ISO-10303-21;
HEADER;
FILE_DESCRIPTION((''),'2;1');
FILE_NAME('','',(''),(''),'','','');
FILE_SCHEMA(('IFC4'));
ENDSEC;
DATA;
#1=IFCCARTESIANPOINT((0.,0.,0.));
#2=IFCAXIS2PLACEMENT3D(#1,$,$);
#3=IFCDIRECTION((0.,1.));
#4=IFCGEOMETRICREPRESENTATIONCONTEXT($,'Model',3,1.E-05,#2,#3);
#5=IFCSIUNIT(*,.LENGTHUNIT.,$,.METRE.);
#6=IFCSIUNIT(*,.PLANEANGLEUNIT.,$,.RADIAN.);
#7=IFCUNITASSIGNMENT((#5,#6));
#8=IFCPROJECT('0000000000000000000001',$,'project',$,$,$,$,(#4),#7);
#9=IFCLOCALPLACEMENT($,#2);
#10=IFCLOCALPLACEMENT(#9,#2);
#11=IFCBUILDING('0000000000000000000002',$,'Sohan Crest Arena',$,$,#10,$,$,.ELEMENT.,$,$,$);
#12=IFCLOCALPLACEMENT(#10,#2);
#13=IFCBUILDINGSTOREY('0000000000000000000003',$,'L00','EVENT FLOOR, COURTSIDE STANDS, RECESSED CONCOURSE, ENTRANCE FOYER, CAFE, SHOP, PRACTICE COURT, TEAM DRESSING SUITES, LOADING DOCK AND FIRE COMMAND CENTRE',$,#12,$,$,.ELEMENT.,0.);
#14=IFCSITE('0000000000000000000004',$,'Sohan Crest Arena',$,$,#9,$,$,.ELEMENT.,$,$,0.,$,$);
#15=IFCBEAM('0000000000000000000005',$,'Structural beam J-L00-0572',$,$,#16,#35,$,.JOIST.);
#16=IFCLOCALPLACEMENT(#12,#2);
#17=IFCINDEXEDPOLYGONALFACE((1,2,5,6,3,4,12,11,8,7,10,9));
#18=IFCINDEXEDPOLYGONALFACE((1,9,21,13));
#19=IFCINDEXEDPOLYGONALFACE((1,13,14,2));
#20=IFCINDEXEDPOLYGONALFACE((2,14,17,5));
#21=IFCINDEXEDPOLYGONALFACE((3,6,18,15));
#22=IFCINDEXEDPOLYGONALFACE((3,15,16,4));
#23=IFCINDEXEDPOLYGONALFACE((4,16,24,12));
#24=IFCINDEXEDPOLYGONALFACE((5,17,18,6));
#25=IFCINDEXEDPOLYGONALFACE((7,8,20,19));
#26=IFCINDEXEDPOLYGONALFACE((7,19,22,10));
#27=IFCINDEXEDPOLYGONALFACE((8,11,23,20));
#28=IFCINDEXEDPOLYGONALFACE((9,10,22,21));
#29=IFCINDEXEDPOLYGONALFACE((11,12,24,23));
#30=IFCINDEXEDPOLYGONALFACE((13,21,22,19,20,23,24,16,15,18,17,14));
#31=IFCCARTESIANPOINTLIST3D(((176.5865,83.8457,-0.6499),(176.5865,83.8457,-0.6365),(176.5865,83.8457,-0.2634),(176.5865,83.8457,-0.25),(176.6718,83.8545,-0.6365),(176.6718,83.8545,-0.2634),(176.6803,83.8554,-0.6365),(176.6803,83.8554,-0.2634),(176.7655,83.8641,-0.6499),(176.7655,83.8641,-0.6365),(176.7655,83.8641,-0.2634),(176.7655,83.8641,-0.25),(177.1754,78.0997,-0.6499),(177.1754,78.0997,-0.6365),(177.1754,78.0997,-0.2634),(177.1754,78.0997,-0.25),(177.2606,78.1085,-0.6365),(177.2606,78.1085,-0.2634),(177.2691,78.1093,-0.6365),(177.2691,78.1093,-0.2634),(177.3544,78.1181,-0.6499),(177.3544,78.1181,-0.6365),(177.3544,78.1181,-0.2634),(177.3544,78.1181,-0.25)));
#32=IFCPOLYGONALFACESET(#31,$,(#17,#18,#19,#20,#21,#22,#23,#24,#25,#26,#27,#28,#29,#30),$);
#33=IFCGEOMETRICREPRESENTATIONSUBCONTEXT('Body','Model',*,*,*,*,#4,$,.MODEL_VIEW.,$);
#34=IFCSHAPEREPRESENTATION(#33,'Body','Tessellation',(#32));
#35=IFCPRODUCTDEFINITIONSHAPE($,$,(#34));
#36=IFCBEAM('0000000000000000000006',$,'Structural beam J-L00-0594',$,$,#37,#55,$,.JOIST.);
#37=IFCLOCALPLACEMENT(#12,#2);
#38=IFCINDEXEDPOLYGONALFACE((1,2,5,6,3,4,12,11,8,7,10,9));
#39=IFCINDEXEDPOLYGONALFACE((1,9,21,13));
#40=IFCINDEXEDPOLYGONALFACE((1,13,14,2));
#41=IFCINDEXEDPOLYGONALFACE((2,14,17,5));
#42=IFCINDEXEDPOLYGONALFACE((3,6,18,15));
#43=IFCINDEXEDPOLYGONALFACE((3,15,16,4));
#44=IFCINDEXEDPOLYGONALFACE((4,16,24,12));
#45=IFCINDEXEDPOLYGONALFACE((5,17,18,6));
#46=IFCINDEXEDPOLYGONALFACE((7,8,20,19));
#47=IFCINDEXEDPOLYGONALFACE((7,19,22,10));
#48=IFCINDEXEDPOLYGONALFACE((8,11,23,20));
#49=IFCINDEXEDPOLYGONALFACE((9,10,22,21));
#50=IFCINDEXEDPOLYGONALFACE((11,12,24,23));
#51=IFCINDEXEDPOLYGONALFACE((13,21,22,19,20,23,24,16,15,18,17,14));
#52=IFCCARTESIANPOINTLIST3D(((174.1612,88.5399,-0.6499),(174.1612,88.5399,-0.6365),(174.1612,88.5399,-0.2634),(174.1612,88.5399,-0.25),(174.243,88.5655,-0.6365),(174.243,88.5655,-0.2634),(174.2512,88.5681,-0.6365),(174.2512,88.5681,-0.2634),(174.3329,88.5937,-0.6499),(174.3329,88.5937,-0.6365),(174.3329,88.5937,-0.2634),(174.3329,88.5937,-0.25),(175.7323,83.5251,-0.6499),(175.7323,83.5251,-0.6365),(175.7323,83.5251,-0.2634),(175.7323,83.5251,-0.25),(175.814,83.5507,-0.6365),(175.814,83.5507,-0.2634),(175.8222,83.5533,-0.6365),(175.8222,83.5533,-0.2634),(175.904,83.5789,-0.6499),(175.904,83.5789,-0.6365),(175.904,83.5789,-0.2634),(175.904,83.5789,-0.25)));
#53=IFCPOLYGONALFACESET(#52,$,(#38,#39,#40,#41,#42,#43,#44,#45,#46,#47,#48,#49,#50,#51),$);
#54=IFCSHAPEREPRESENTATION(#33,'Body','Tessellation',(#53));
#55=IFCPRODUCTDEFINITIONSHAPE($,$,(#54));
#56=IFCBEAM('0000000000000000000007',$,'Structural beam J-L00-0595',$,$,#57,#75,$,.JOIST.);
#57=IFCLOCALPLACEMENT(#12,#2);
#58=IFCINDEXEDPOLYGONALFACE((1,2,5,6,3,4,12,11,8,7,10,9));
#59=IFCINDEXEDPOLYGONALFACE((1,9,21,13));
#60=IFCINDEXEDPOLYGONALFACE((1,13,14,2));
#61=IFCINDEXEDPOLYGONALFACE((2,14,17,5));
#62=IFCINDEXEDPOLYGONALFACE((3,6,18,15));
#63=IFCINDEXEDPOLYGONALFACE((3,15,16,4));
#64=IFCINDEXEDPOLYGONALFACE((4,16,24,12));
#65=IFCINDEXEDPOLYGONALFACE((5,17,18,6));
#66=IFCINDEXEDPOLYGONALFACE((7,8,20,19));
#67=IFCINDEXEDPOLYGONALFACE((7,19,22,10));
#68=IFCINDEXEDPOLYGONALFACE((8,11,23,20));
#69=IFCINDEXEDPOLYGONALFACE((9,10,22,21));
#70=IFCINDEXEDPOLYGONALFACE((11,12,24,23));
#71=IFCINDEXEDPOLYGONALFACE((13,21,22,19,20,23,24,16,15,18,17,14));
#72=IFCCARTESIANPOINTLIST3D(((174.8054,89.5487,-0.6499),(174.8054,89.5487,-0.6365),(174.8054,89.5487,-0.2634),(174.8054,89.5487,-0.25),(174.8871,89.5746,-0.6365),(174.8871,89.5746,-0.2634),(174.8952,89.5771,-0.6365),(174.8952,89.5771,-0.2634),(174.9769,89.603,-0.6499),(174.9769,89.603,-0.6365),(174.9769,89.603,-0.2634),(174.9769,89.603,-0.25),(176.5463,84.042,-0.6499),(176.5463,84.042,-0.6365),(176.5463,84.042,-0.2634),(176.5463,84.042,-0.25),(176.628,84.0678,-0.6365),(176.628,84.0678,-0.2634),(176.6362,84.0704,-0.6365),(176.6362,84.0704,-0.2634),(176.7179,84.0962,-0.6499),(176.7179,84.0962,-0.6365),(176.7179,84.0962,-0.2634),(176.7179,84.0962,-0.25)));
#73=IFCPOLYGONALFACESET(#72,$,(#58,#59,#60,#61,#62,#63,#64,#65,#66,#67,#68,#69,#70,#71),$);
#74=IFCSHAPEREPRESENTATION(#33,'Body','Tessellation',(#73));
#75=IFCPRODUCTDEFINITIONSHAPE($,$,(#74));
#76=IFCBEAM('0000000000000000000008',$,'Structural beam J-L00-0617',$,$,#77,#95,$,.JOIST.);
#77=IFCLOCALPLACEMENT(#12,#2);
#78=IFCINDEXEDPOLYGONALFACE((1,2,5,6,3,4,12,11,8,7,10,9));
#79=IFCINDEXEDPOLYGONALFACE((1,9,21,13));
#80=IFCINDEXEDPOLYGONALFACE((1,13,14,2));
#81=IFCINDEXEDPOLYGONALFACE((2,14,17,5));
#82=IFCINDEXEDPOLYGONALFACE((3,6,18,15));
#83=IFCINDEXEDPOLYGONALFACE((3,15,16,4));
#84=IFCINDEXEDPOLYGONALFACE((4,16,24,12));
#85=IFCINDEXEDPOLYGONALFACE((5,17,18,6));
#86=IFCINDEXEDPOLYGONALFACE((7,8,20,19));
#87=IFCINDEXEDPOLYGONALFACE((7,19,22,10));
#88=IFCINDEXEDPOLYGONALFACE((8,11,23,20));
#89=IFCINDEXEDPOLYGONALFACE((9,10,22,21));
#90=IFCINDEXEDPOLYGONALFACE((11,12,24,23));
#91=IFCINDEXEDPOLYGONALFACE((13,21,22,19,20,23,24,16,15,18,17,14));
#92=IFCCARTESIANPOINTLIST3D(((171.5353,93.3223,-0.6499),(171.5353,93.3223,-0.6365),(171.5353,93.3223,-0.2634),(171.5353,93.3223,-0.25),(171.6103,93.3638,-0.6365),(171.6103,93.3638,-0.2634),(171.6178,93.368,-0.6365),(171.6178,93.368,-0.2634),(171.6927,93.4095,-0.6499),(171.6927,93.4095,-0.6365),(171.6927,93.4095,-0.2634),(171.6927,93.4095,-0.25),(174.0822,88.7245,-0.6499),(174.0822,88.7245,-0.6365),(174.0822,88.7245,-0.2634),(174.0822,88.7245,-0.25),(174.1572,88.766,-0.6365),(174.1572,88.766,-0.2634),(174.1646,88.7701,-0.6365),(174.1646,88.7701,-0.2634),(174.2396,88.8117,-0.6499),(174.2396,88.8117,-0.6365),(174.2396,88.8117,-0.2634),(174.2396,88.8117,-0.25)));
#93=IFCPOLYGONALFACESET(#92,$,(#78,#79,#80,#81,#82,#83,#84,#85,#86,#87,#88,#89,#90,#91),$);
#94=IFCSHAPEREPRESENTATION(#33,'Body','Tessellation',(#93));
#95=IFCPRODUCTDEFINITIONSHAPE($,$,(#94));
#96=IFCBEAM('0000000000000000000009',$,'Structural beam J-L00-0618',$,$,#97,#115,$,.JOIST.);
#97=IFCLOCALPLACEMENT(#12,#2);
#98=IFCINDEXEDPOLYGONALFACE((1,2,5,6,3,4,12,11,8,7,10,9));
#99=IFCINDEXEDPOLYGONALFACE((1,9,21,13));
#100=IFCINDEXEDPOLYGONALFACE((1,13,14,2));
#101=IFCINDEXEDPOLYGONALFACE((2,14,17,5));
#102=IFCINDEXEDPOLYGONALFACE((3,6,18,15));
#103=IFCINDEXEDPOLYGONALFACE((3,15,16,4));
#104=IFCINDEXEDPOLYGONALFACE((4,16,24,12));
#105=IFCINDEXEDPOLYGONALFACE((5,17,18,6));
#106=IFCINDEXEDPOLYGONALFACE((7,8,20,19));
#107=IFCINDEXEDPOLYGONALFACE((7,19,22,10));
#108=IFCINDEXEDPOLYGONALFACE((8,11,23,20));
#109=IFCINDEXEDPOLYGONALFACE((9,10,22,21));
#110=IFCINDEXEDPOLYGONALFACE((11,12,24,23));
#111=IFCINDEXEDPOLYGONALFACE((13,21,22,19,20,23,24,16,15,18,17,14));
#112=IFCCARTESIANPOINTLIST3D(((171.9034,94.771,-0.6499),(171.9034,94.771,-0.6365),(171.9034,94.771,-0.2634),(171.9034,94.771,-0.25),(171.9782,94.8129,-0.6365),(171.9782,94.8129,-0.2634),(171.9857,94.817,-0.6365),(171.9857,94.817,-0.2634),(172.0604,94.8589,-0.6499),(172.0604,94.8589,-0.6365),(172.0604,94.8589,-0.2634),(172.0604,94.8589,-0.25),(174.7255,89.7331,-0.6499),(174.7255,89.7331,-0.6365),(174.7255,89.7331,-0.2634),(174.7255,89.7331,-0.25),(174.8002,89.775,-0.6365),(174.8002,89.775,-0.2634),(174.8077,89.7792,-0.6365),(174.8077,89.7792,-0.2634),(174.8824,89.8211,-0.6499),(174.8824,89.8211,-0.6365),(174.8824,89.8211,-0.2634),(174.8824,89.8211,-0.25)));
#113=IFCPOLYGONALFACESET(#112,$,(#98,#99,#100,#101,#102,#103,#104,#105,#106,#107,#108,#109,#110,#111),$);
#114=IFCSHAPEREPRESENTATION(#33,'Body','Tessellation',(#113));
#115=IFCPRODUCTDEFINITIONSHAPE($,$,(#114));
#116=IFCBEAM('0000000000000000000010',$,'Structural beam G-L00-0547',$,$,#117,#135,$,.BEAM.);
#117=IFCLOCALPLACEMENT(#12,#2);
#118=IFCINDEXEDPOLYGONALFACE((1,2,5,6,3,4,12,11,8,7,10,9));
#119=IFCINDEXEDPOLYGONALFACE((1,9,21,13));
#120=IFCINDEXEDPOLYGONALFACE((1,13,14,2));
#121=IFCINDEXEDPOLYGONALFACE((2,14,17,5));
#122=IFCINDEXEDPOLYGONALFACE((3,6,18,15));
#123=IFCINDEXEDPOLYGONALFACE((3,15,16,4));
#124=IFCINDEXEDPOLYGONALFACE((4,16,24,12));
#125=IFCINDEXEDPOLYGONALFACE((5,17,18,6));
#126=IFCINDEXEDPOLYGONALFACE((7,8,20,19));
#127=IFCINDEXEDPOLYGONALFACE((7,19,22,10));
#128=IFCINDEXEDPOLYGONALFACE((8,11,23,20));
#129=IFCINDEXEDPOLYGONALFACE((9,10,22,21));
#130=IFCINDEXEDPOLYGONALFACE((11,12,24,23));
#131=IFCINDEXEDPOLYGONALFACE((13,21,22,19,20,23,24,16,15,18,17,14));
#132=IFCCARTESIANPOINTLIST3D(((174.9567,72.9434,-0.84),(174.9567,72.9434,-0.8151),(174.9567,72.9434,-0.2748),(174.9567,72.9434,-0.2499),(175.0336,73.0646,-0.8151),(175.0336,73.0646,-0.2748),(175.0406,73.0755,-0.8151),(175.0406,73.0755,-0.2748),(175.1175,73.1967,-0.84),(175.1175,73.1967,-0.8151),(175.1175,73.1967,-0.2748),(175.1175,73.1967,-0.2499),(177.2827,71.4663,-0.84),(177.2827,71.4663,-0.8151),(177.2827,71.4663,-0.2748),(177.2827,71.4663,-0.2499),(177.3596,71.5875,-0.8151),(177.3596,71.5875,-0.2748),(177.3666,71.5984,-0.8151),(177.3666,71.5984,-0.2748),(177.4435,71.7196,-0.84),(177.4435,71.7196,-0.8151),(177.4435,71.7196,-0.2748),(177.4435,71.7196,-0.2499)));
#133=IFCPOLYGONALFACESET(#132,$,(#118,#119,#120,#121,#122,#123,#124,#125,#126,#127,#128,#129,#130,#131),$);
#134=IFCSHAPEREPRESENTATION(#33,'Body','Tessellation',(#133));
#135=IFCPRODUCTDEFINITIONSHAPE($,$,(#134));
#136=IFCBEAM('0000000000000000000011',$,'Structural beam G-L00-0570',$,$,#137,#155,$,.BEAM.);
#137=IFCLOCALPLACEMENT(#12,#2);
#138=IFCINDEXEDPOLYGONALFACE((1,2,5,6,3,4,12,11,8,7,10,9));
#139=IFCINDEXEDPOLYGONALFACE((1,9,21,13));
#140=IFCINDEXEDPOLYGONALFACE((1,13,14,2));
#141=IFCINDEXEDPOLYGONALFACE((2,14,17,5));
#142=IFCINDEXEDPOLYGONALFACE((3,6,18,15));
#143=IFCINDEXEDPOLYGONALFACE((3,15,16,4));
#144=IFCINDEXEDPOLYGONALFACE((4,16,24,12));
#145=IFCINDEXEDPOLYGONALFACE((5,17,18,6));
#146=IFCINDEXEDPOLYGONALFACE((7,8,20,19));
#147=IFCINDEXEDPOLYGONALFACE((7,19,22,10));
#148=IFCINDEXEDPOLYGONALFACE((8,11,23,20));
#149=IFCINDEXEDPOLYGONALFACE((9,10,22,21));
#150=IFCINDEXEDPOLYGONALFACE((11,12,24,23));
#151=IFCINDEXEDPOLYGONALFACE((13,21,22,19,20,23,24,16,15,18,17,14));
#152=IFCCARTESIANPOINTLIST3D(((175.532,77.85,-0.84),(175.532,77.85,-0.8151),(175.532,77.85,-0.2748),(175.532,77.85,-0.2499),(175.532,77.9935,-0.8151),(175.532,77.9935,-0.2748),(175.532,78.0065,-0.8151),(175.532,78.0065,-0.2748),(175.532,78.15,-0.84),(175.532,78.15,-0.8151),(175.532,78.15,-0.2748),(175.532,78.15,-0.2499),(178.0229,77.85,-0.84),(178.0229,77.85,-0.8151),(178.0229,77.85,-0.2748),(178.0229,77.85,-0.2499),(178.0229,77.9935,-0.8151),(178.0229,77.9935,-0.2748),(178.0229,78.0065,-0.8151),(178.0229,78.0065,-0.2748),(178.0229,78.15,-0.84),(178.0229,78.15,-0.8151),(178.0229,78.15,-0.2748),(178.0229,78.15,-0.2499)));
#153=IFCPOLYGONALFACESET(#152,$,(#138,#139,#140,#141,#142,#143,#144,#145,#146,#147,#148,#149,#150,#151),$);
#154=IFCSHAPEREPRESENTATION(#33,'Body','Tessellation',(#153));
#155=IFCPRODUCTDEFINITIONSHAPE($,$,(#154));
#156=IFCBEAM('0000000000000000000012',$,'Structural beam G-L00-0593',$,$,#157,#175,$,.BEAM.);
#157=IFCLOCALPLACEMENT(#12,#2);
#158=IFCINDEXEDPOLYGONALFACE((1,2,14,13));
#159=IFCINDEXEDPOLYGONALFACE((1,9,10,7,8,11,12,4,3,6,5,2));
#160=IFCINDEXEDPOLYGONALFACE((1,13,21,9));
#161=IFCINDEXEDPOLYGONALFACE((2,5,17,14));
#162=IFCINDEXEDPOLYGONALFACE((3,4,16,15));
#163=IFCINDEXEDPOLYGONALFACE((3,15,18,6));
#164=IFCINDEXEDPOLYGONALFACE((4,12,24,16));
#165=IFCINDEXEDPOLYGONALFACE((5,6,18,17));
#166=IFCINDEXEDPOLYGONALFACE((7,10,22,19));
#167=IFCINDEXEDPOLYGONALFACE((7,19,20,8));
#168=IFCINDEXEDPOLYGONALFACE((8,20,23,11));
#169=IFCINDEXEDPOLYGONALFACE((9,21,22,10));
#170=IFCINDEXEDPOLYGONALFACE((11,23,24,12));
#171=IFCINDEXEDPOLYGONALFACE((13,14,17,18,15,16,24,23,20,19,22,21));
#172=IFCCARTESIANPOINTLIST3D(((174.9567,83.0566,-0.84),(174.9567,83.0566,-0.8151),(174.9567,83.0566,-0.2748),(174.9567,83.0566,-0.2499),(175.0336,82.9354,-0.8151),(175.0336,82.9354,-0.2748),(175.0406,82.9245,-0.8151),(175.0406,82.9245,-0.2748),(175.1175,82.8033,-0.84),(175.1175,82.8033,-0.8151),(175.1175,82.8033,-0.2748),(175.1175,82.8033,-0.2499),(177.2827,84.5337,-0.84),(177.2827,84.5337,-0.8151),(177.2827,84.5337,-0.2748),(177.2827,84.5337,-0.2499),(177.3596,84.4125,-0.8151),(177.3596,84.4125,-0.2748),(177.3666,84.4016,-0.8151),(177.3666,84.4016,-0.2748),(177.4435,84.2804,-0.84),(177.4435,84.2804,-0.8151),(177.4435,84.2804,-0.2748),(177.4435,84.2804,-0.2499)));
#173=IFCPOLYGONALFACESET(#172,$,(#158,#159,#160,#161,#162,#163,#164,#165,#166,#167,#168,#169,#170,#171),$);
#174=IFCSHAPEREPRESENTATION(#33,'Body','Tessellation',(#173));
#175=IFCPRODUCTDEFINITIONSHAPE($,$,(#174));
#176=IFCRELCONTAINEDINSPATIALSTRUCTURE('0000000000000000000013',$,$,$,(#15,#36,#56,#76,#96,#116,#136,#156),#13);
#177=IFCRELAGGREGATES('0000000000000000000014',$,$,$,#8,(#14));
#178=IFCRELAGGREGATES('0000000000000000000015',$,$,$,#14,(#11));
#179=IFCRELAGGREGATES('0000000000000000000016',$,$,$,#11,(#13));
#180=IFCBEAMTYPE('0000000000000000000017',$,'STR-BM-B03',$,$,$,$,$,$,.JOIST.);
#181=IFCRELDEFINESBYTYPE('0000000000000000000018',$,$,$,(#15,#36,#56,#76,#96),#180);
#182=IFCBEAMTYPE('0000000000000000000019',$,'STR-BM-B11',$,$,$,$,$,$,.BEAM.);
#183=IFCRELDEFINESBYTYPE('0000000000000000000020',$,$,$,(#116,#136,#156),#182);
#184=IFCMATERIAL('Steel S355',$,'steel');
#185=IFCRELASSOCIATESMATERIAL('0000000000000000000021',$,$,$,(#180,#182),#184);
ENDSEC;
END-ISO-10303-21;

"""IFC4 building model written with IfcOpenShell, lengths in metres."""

from ifc_helpers import new_model, si_unit, direction, frame, origin, origin_2d, place, context, subcontext, project, spatial, i_section, extrude, material, material_profile, profile_set, type_object, element, save


model = new_model("IFC4")

# Units and contexts
model_context = context("Model", 3, precision=1e-05, world=origin(), true_north=direction((0.0, 1.0)))
body_context = subcontext(model_context, "Body", "Model", "MODEL_VIEW")
ifc_project = project(units=[si_unit("LENGTHUNIT", "METRE"), si_unit("PLANEANGLEUNIT", "RADIAN")], contexts=[model_context])

# Site, building, storey
site_placement = place(None, origin())
site = spatial("IfcSite", under=ifc_project, at=site_placement, Name="Sohan Crest Arena", CompositionType="ELEMENT", RefElevation=0.0)
building_placement = place(site_placement, origin())
building = spatial("IfcBuilding", under=site, at=building_placement, Name="Sohan Crest Arena", CompositionType="ELEMENT")
storey_placement = place(building_placement, origin())
storey = spatial("IfcBuildingStorey", under=building, at=storey_placement, Name="L00", Description="EVENT FLOOR, COURTSIDE STANDS, RECESSED CONCOURSE, ENTRANCE FOYER, CAFE, SHOP, PRACTICE COURT, TEAM DRESSING SUITES, LOADING DOCK AND FIRE COMMAND CENTRE", CompositionType="ELEMENT", Elevation=0.0)

# Shared definitions
ifc_material_1 = material(Name="Steel S355", Category="steel")

# Beams
ifc_material_profile_1 = material_profile(ifc_material_1, i_section(OverallWidth=0.1799, OverallDepth=0.3999, WebThickness=0.0085, FlangeThickness=0.0134, at=origin_2d()), Name="IPE 400")
ifc_profile_set_1 = profile_set([ifc_material_profile_1], Name="Steel S355")
beam_type_1 = type_object("IfcBeamType", Name="STR-BM-B03", PredefinedType="JOIST", material=ifc_profile_set_1)
beam_1_placement = place(storey_placement, frame((177.2649, 78.1089, -0.45), z_axis=(-0.101947, 0.99479, 0.0), x_axis=(-0.99479, -0.101947, 0.0)))
element("IfcBeam", 1, at=beam_1_placement, inside=storey, type_object=beam_type_1, Name="Structural beam J-L00-0572", PredefinedType="JOIST", context=body_context, shape_type="SweptSolid", body=[
    extrude(i_section(OverallWidth=0.1799, OverallDepth=0.3999, WebThickness=0.0085, FlangeThickness=0.0134, at=origin_2d()), origin(), (0.0, 0.0, 1.0), 5.7761),
])
beam_2_placement = place(storey_placement, frame((175.8181, 83.552, -0.45), z_axis=(-0.298949, 0.954269, 0.0), x_axis=(-0.954269, -0.298949, 0.0)))
element("IfcBeam", 2, at=beam_2_placement, inside=storey, type_object=beam_type_1, Name="Structural beam J-L00-0594", PredefinedType="JOIST", context=body_context, shape_type="SweptSolid", body=[
    extrude(i_section(OverallWidth=0.1799, OverallDepth=0.3999, WebThickness=0.0085, FlangeThickness=0.0134, at=origin_2d()), origin(), (0.0, 0.0, 1.0), 5.2551),
])
beam_3_placement = place(storey_placement, frame((176.6321, 84.0691, -0.45), z_axis=(-0.301441, 0.953485, 0.0), x_axis=(-0.953485, -0.301441, 0.0)))
element("IfcBeam", 3, at=beam_3_placement, inside=storey, type_object=beam_type_1, Name="Structural beam J-L00-0595", PredefinedType="JOIST", context=body_context, shape_type="SweptSolid", body=[
    extrude(i_section(OverallWidth=0.1799, OverallDepth=0.3999, WebThickness=0.0085, FlangeThickness=0.0134, at=origin_2d()), origin(), (0.0, 0.0, 1.0), 5.7754),
])
beam_4_placement = place(storey_placement, frame((174.1609, 88.7681, -0.45), z_axis=(-0.48455, 0.874763, 0.0), x_axis=(-0.874763, -0.48455, 0.0)))
element("IfcBeam", 4, at=beam_4_placement, inside=storey, type_object=beam_type_1, Name="Structural beam J-L00-0617", PredefinedType="JOIST", context=body_context, shape_type="SweptSolid", body=[
    extrude(i_section(OverallWidth=0.1799, OverallDepth=0.3999, WebThickness=0.0085, FlangeThickness=0.0134, at=origin_2d()), origin(), (0.0, 0.0, 1.0), 5.2561),
])
beam_5_placement = place(storey_placement, frame((174.804, 89.7771, -0.45), z_axis=(-0.488713, 0.872445, 0.0), x_axis=(-0.872445, -0.488713, 0.0)))
element("IfcBeam", 5, at=beam_5_placement, inside=storey, type_object=beam_type_1, Name="Structural beam J-L00-0618", PredefinedType="JOIST", context=body_context, shape_type="SweptSolid", body=[
    extrude(i_section(OverallWidth=0.1799, OverallDepth=0.3999, WebThickness=0.0085, FlangeThickness=0.0134, at=origin_2d()), origin(), (0.0, 0.0, 1.0), 5.7744),
])
ifc_material_profile_2 = material_profile(ifc_material_1, i_section(OverallWidth=0.3, OverallDepth=0.5901, WebThickness=0.0129, FlangeThickness=0.0249, at=origin_2d()), Name="HEA 600")
ifc_profile_set_2 = profile_set([ifc_material_profile_2], Name="Steel S355")
beam_type_2 = type_object("IfcBeamType", Name="STR-BM-B11", PredefinedType="BEAM", material=ifc_profile_set_2)
beam_6_placement = place(storey_placement, frame((175.0371, 73.0701, -0.5449), z_axis=(0.844168, -0.536078, 0.0), x_axis=(0.536078, 0.844168, 0.0)))
element("IfcBeam", 6, at=beam_6_placement, inside=storey, type_object=beam_type_2, Name="Structural beam G-L00-0547", PredefinedType="BEAM", context=body_context, shape_type="SweptSolid", body=[
    extrude(i_section(OverallWidth=0.3, OverallDepth=0.5901, WebThickness=0.0129, FlangeThickness=0.0249, at=origin_2d()), origin(), (0.0, 0.0, 1.0), 2.7554),
])
beam_7_placement = place(storey_placement, frame((175.532, 78.0, -0.5449), z_axis=(1.0, 0.0, 0.0), x_axis=(0.0, 1.0, 0.0)))
element("IfcBeam", 7, at=beam_7_placement, inside=storey, type_object=beam_type_2, Name="Structural beam G-L00-0570", PredefinedType="BEAM", context=body_context, shape_type="SweptSolid", body=[
    extrude(i_section(OverallWidth=0.3, OverallDepth=0.5901, WebThickness=0.0129, FlangeThickness=0.0249, at=origin_2d()), origin(), (0.0, 0.0, 1.0), 2.491),
])
beam_8_placement = place(storey_placement, frame((175.0371, 82.9299, -0.5449), z_axis=(0.844168, 0.536078, 0.0), x_axis=(-0.536078, 0.844168, 0.0)))
element("IfcBeam", 8, at=beam_8_placement, inside=storey, type_object=beam_type_2, Name="Structural beam G-L00-0593", PredefinedType="BEAM", context=body_context, shape_type="SweptSolid", body=[
    extrude(i_section(OverallWidth=0.3, OverallDepth=0.5901, WebThickness=0.0129, FlangeThickness=0.0249, at=origin_2d()), origin(), (0.0, 0.0, 1.0), 2.7554),
])

save(model, "model.ifc")
